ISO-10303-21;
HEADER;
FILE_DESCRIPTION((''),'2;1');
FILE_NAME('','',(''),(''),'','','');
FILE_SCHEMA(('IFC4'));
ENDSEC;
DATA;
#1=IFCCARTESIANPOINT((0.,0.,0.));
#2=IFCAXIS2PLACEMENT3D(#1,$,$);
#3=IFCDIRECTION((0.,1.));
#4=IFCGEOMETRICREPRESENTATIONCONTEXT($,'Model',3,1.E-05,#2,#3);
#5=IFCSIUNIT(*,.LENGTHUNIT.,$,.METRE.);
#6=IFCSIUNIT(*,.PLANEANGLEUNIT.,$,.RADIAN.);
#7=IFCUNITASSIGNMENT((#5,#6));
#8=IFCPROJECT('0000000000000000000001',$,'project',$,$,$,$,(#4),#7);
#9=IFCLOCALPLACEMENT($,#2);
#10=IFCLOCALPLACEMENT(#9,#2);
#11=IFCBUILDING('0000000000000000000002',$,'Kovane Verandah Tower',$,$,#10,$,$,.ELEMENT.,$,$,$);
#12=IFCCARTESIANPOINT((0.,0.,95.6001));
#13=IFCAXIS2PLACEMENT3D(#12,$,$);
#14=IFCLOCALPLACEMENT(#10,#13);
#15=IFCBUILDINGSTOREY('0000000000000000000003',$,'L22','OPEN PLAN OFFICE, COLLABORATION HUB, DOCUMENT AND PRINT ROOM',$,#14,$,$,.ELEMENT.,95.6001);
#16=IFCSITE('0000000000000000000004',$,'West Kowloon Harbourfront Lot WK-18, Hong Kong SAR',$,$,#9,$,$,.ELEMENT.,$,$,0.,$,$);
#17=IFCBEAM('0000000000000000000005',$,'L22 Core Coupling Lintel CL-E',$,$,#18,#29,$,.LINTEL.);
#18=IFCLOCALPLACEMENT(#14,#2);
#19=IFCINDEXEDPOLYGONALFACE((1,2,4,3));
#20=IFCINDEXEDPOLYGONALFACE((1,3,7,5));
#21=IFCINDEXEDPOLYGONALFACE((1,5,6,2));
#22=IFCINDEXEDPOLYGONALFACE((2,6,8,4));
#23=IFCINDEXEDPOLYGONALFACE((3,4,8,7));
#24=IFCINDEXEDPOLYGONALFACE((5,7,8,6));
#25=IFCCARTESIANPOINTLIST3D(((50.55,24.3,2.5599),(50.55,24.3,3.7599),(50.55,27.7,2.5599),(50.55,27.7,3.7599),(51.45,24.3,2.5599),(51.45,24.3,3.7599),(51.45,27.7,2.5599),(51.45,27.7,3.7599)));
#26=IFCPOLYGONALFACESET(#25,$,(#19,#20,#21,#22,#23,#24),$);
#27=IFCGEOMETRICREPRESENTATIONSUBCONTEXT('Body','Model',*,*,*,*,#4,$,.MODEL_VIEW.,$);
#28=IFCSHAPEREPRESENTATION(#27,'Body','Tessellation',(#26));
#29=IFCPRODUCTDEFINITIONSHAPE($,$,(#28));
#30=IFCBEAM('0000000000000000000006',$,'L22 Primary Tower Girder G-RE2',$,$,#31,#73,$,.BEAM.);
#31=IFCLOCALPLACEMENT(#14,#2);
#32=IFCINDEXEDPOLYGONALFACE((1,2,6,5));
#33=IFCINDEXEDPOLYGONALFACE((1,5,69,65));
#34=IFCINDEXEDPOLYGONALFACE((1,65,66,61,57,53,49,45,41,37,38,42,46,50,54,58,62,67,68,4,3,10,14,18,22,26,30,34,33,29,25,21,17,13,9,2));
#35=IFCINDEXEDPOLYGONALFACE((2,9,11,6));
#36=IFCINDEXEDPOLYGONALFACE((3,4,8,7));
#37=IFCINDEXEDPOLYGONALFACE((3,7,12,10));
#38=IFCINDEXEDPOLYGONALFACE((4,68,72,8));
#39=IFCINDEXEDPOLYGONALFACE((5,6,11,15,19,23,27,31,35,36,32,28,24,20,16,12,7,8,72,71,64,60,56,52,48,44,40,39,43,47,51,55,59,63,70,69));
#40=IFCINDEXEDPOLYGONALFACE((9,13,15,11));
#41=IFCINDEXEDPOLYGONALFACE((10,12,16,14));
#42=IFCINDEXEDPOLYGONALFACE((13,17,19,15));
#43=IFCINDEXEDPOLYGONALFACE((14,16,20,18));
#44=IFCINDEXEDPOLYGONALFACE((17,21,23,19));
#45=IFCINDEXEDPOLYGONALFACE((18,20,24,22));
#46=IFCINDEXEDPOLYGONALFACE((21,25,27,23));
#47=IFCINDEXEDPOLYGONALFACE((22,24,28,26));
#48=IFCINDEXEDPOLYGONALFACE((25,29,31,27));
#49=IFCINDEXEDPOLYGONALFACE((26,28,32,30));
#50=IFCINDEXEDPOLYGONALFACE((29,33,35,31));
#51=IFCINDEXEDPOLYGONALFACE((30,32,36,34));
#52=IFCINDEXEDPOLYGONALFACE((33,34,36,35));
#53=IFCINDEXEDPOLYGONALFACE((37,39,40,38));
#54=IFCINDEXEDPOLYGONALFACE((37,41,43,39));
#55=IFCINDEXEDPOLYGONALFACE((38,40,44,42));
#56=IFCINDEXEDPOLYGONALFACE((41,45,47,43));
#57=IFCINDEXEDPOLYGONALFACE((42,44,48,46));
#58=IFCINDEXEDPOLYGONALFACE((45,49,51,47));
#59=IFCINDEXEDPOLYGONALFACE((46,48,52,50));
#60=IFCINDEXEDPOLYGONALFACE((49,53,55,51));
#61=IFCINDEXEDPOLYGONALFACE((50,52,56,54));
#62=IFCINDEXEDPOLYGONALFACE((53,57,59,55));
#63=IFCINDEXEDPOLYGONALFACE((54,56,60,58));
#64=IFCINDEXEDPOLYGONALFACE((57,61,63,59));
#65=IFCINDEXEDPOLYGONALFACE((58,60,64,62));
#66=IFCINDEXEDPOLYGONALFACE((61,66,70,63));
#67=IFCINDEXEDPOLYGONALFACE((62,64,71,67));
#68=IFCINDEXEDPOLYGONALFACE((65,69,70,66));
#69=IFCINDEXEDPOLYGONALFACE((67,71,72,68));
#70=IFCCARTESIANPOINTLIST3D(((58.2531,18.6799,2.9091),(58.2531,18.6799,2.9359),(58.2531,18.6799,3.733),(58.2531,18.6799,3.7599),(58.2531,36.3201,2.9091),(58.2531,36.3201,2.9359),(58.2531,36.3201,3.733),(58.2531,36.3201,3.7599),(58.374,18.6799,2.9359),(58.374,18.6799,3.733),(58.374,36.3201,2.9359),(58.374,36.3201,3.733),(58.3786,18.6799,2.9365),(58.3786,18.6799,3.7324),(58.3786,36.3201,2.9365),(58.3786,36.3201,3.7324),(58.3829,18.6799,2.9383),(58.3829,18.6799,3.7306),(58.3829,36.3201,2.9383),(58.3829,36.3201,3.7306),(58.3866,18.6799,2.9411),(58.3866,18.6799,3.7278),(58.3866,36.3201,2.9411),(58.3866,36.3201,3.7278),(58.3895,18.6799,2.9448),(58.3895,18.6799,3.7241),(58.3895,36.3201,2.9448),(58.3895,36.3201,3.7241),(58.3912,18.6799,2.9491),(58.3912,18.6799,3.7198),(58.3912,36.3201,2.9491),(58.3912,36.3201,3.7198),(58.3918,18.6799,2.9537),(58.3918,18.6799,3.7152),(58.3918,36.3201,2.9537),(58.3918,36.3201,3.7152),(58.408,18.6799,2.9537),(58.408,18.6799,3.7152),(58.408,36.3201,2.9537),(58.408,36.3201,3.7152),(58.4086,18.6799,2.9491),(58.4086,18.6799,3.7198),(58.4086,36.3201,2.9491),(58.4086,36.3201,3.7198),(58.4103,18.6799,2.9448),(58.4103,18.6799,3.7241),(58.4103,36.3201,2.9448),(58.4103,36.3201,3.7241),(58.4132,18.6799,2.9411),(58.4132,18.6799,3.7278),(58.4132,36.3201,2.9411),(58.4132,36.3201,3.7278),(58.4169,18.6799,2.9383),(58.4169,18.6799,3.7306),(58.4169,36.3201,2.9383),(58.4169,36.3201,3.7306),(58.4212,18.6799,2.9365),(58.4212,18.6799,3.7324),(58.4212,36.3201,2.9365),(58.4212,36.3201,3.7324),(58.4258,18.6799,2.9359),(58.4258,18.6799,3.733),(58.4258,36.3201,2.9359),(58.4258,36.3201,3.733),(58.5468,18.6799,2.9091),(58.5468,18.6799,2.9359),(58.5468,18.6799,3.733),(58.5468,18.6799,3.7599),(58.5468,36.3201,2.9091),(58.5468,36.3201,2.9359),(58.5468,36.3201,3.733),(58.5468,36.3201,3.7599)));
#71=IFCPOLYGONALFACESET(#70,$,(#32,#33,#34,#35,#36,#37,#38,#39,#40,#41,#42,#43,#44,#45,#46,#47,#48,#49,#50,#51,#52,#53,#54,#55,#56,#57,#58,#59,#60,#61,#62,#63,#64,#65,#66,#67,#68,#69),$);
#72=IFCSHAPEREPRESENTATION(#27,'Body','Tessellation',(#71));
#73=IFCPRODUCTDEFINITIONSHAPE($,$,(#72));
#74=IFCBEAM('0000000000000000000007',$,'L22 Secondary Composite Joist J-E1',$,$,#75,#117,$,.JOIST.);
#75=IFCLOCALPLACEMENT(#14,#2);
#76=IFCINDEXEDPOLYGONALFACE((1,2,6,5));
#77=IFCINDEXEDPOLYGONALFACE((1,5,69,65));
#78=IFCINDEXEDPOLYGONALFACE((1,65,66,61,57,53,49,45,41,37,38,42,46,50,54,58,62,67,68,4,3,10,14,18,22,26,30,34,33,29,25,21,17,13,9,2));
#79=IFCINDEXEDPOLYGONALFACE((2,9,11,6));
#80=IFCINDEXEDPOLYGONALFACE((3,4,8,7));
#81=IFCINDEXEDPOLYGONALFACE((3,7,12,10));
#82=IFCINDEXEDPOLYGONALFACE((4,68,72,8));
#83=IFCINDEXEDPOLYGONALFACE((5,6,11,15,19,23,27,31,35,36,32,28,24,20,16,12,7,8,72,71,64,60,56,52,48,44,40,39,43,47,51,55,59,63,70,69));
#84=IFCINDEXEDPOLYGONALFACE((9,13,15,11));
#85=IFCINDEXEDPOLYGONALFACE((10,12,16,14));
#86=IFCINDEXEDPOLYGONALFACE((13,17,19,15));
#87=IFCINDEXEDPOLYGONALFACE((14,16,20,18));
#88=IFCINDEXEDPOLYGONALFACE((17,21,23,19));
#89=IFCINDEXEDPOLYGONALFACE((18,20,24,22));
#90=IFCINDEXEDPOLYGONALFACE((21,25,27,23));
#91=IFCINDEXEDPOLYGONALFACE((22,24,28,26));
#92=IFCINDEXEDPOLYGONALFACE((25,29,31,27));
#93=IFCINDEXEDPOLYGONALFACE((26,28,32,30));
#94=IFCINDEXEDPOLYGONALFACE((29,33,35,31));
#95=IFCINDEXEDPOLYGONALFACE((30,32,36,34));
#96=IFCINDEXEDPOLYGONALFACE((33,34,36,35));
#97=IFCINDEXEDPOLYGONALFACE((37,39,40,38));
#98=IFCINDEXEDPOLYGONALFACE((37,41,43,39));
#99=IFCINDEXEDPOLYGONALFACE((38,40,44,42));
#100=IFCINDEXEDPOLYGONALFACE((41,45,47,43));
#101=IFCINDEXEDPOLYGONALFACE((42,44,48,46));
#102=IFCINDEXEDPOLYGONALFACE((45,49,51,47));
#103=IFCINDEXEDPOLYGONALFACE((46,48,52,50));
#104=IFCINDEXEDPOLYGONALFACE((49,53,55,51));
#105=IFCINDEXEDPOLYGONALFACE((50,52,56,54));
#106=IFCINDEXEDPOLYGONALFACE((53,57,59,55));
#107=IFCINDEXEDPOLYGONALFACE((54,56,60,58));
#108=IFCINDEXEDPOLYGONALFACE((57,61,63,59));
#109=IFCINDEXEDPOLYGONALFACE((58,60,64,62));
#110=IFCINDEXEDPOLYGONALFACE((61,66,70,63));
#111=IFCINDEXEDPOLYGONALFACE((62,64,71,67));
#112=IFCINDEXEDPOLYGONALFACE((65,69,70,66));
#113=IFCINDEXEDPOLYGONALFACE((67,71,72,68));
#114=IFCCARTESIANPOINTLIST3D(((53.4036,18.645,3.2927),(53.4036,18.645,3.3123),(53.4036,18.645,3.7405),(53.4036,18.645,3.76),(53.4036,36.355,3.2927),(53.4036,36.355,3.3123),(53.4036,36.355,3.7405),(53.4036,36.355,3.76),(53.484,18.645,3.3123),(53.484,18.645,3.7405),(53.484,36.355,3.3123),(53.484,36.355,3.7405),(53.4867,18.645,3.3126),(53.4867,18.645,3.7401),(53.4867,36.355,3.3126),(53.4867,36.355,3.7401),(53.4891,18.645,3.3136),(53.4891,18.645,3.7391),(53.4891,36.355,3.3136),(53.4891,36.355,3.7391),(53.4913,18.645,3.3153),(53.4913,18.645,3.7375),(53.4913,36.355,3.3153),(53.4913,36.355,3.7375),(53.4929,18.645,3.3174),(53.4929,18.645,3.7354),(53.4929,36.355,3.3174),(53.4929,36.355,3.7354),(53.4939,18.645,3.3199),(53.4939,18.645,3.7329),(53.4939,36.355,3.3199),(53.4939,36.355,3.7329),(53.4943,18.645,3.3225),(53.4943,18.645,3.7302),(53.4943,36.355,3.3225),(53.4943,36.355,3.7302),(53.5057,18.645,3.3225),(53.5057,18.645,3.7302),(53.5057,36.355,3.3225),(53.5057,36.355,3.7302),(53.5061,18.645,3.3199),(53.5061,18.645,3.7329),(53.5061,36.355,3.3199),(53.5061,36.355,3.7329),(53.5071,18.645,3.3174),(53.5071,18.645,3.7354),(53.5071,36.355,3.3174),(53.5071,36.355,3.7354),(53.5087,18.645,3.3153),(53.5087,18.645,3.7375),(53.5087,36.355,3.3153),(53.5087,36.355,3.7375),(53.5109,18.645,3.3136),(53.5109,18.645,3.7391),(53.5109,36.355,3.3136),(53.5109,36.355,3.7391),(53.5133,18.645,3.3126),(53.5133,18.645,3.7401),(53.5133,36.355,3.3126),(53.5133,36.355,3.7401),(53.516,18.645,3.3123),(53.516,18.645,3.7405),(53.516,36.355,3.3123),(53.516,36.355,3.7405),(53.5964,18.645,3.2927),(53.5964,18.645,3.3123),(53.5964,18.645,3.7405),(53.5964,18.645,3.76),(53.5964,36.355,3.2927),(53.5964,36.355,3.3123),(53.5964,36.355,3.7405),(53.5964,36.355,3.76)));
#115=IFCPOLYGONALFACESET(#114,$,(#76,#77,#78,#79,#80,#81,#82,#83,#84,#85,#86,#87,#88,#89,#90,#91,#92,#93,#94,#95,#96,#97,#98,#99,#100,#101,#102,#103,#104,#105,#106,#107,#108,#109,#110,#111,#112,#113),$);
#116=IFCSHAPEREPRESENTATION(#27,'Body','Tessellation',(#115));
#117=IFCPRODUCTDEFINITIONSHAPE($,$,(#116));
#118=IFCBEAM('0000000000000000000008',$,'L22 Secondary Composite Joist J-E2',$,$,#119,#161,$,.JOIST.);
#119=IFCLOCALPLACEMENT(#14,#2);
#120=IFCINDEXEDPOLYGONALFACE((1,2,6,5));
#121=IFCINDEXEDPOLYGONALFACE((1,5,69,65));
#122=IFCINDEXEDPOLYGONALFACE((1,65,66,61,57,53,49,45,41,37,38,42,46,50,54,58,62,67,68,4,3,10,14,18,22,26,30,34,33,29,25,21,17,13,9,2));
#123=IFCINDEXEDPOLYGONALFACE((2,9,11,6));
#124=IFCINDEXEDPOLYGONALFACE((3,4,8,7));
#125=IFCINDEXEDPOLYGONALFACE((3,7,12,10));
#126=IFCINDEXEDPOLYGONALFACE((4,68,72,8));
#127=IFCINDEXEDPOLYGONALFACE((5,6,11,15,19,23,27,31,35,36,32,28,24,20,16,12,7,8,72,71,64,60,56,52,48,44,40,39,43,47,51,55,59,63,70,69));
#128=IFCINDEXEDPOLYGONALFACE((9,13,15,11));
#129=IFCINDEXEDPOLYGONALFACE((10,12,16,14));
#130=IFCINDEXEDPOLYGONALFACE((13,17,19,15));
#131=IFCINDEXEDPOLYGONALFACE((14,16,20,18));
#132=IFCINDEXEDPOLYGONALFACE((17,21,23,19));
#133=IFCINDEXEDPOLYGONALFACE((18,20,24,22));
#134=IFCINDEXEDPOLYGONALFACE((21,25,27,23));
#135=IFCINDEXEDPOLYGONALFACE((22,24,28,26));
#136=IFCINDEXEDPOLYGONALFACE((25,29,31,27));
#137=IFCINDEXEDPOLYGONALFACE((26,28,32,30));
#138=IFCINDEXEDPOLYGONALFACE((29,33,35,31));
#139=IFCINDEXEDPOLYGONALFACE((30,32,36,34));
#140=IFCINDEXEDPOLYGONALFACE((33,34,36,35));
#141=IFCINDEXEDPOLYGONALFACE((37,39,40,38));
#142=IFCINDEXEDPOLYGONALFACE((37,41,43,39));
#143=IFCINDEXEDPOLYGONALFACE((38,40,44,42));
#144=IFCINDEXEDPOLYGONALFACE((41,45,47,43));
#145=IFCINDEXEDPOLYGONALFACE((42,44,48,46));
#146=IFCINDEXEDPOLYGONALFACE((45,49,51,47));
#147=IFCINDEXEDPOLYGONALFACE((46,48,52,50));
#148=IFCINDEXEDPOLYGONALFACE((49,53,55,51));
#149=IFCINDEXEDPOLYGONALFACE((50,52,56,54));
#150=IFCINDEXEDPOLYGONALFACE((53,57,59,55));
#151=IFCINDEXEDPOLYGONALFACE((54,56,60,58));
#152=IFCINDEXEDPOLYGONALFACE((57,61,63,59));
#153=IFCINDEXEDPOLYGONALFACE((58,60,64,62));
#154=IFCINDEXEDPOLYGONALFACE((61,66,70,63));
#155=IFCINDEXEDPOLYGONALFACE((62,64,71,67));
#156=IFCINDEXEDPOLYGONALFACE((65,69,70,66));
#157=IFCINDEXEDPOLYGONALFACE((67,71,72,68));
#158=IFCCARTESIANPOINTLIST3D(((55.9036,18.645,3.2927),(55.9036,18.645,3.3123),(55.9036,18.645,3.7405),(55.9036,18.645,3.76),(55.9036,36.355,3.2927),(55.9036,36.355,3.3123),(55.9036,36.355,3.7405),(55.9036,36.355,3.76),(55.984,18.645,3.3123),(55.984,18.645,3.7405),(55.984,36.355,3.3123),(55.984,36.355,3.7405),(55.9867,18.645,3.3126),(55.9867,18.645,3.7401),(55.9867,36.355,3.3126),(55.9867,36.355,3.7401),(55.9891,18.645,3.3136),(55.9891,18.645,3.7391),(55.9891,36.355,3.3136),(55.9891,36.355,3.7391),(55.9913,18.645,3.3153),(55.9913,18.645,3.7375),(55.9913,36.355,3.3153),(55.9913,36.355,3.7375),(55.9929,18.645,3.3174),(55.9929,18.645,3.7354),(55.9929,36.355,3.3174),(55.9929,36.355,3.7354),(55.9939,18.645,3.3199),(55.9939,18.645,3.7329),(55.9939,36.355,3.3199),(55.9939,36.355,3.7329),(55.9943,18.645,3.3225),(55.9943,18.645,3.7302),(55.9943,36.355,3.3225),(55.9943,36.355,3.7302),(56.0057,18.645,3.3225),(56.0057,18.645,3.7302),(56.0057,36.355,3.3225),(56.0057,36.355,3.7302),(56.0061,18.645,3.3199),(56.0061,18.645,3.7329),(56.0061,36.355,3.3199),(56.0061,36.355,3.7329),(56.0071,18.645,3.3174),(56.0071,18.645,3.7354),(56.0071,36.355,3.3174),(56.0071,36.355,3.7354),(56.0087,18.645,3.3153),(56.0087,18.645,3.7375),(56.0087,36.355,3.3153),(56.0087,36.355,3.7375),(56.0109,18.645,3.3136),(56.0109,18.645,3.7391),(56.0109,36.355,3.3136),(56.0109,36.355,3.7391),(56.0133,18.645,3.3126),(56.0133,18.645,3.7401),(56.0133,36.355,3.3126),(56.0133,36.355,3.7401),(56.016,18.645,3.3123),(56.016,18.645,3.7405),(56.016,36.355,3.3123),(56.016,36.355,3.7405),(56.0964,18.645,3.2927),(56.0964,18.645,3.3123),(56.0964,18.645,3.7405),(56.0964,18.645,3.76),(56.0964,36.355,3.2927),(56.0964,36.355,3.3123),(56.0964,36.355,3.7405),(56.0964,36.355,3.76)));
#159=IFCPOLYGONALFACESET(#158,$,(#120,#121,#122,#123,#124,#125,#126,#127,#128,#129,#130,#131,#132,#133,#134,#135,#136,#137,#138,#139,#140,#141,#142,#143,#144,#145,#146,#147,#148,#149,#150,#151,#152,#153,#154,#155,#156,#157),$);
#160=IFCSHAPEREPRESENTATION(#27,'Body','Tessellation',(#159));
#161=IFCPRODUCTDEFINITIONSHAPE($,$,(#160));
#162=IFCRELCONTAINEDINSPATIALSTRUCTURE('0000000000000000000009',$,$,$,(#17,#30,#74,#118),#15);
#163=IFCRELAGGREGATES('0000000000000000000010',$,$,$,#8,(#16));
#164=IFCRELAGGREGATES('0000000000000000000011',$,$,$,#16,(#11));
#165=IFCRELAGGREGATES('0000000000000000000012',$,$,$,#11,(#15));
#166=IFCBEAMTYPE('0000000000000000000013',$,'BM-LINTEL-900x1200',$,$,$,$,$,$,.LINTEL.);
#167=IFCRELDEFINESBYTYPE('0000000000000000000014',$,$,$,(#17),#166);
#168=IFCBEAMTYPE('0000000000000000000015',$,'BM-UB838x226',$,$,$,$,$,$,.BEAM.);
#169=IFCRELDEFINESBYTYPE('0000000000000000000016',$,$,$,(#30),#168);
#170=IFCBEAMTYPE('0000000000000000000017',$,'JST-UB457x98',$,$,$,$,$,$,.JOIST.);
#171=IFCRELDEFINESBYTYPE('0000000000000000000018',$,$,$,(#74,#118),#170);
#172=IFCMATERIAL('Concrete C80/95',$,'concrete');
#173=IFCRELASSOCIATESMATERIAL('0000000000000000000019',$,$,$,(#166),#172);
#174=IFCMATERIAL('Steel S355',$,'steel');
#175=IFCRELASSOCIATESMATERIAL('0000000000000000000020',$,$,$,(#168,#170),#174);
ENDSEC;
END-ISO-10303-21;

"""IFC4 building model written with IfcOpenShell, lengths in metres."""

from ifc_helpers import new_model, si_unit, direction, frame, origin, origin_2d, place, context, subcontext, project, spatial, rectangle, i_section, extrude, material, material_profile, profile_set, type_object, element, save


model = new_model("IFC4")

# Units and contexts
model_context = context("Model", 3, precision=1e-05, world=origin(), true_north=direction((0.0, 1.0)))
body_context = subcontext(model_context, "Body", "Model", "MODEL_VIEW")
ifc_project = project(units=[si_unit("LENGTHUNIT", "METRE"), si_unit("PLANEANGLEUNIT", "RADIAN")], contexts=[model_context])

# Site, building, storey
site_placement = place(None, origin())
site = spatial("IfcSite", under=ifc_project, at=site_placement, Name="West Kowloon Harbourfront Lot WK-18, Hong Kong SAR", CompositionType="ELEMENT", RefElevation=0.0)
building_placement = place(site_placement, origin())
building = spatial("IfcBuilding", under=site, at=building_placement, Name="Kovane Verandah Tower", CompositionType="ELEMENT")
storey_placement = place(building_placement, frame((0.0, 0.0, 95.6001)))
storey = spatial("IfcBuildingStorey", under=building, at=storey_placement, Name="L22", Description="OPEN PLAN OFFICE, COLLABORATION HUB, DOCUMENT AND PRINT ROOM", CompositionType="ELEMENT", Elevation=95.6001)

# Beams
ifc_material_1 = material(Name="Concrete C80/95", Category="concrete")
ifc_material_profile_1 = material_profile(ifc_material_1, rectangle(XDim=0.8999, YDim=1.2, at=origin_2d()), Name="RCB900x1200")
ifc_profile_set_1 = profile_set([ifc_material_profile_1], Name="Concrete C80/95")
beam_type_1 = type_object("IfcBeamType", Name="BM-LINTEL-900x1200", PredefinedType="LINTEL", material=ifc_profile_set_1)
beam_1_placement = place(storey_placement, frame((51.0, 24.3, 3.1599), z_axis=(0.0, 1.0, 0.0), x_axis=(-1.0, 0.0, 0.0)))
element("IfcBeam", 1, at=beam_1_placement, inside=storey, type_object=beam_type_1, Name="L22 Core Coupling Lintel CL-E", PredefinedType="LINTEL", context=body_context, shape_type="SweptSolid", body=[
    extrude(rectangle(XDim=0.8999, YDim=1.2, at=origin_2d()), origin(), (0.0, 0.0, 1.0), 3.3999),
])
ifc_material_2 = material(Name="Steel S355", Category="steel")
ifc_material_profile_2 = material_profile(ifc_material_2, i_section(OverallWidth=0.2937, OverallDepth=0.8508, WebThickness=0.0161, FlangeThickness=0.0269, FilletRadius=0.0178, at=origin_2d()), Name="UB838x292x226")
ifc_profile_set_2 = profile_set([ifc_material_profile_2], Name="Steel S355")
beam_type_2 = type_object("IfcBeamType", Name="BM-UB838x226", PredefinedType="BEAM", material=ifc_profile_set_2)
beam_2_placement = place(storey_placement, frame((58.3999, 18.6799, 3.3345), z_axis=(0.0, 1.0, 0.0), x_axis=(-1.0, 0.0, 0.0)))
element("IfcBeam", 2, at=beam_2_placement, inside=storey, type_object=beam_type_2, Name="L22 Primary Tower Girder G-RE2", PredefinedType="BEAM", context=body_context, shape_type="SweptSolid", body=[
    extrude(i_section(OverallWidth=0.2937, OverallDepth=0.8508, WebThickness=0.0161, FlangeThickness=0.0269, FilletRadius=0.0178, at=origin_2d()), origin(), (0.0, 0.0, 1.0), 17.6401),
])
ifc_material_profile_3 = material_profile(ifc_material_2, i_section(OverallWidth=0.1929, OverallDepth=0.4673, WebThickness=0.0115, FlangeThickness=0.0195, FilletRadius=0.0103, at=origin_2d()), Name="UB457x191x98")
ifc_profile_set_3 = profile_set([ifc_material_profile_3], Name="Steel S355")
beam_type_3 = type_object("IfcBeamType", Name="JST-UB457x98", PredefinedType="JOIST", material=ifc_profile_set_3)
for number, where, z_axis, x_axis, name in (
    (3, (53.5, 18.645, 3.5264), (0.0, 1.0, 0.0), (-1.0, 0.0, 0.0), "L22 Secondary Composite Joist J-E1"),
    (4, (56.0, 18.645, 3.5264), (0.0, 1.0, 0.0), (-1.0, 0.0, 0.0), "L22 Secondary Composite Joist J-E2"),
):
    element("IfcBeam", number, at=place(storey_placement, frame(where, z_axis=z_axis, x_axis=x_axis)), inside=storey, type_object=beam_type_3, Name=name, PredefinedType="JOIST", context=body_context, shape_type="SweptSolid", body=[
        extrude(i_section(OverallWidth=0.1929, OverallDepth=0.4673, WebThickness=0.0115, FlangeThickness=0.0195, FilletRadius=0.0103, at=origin_2d()), origin(), (0.0, 0.0, 1.0), 17.71),
    ])

save(model, "model.ifc")
